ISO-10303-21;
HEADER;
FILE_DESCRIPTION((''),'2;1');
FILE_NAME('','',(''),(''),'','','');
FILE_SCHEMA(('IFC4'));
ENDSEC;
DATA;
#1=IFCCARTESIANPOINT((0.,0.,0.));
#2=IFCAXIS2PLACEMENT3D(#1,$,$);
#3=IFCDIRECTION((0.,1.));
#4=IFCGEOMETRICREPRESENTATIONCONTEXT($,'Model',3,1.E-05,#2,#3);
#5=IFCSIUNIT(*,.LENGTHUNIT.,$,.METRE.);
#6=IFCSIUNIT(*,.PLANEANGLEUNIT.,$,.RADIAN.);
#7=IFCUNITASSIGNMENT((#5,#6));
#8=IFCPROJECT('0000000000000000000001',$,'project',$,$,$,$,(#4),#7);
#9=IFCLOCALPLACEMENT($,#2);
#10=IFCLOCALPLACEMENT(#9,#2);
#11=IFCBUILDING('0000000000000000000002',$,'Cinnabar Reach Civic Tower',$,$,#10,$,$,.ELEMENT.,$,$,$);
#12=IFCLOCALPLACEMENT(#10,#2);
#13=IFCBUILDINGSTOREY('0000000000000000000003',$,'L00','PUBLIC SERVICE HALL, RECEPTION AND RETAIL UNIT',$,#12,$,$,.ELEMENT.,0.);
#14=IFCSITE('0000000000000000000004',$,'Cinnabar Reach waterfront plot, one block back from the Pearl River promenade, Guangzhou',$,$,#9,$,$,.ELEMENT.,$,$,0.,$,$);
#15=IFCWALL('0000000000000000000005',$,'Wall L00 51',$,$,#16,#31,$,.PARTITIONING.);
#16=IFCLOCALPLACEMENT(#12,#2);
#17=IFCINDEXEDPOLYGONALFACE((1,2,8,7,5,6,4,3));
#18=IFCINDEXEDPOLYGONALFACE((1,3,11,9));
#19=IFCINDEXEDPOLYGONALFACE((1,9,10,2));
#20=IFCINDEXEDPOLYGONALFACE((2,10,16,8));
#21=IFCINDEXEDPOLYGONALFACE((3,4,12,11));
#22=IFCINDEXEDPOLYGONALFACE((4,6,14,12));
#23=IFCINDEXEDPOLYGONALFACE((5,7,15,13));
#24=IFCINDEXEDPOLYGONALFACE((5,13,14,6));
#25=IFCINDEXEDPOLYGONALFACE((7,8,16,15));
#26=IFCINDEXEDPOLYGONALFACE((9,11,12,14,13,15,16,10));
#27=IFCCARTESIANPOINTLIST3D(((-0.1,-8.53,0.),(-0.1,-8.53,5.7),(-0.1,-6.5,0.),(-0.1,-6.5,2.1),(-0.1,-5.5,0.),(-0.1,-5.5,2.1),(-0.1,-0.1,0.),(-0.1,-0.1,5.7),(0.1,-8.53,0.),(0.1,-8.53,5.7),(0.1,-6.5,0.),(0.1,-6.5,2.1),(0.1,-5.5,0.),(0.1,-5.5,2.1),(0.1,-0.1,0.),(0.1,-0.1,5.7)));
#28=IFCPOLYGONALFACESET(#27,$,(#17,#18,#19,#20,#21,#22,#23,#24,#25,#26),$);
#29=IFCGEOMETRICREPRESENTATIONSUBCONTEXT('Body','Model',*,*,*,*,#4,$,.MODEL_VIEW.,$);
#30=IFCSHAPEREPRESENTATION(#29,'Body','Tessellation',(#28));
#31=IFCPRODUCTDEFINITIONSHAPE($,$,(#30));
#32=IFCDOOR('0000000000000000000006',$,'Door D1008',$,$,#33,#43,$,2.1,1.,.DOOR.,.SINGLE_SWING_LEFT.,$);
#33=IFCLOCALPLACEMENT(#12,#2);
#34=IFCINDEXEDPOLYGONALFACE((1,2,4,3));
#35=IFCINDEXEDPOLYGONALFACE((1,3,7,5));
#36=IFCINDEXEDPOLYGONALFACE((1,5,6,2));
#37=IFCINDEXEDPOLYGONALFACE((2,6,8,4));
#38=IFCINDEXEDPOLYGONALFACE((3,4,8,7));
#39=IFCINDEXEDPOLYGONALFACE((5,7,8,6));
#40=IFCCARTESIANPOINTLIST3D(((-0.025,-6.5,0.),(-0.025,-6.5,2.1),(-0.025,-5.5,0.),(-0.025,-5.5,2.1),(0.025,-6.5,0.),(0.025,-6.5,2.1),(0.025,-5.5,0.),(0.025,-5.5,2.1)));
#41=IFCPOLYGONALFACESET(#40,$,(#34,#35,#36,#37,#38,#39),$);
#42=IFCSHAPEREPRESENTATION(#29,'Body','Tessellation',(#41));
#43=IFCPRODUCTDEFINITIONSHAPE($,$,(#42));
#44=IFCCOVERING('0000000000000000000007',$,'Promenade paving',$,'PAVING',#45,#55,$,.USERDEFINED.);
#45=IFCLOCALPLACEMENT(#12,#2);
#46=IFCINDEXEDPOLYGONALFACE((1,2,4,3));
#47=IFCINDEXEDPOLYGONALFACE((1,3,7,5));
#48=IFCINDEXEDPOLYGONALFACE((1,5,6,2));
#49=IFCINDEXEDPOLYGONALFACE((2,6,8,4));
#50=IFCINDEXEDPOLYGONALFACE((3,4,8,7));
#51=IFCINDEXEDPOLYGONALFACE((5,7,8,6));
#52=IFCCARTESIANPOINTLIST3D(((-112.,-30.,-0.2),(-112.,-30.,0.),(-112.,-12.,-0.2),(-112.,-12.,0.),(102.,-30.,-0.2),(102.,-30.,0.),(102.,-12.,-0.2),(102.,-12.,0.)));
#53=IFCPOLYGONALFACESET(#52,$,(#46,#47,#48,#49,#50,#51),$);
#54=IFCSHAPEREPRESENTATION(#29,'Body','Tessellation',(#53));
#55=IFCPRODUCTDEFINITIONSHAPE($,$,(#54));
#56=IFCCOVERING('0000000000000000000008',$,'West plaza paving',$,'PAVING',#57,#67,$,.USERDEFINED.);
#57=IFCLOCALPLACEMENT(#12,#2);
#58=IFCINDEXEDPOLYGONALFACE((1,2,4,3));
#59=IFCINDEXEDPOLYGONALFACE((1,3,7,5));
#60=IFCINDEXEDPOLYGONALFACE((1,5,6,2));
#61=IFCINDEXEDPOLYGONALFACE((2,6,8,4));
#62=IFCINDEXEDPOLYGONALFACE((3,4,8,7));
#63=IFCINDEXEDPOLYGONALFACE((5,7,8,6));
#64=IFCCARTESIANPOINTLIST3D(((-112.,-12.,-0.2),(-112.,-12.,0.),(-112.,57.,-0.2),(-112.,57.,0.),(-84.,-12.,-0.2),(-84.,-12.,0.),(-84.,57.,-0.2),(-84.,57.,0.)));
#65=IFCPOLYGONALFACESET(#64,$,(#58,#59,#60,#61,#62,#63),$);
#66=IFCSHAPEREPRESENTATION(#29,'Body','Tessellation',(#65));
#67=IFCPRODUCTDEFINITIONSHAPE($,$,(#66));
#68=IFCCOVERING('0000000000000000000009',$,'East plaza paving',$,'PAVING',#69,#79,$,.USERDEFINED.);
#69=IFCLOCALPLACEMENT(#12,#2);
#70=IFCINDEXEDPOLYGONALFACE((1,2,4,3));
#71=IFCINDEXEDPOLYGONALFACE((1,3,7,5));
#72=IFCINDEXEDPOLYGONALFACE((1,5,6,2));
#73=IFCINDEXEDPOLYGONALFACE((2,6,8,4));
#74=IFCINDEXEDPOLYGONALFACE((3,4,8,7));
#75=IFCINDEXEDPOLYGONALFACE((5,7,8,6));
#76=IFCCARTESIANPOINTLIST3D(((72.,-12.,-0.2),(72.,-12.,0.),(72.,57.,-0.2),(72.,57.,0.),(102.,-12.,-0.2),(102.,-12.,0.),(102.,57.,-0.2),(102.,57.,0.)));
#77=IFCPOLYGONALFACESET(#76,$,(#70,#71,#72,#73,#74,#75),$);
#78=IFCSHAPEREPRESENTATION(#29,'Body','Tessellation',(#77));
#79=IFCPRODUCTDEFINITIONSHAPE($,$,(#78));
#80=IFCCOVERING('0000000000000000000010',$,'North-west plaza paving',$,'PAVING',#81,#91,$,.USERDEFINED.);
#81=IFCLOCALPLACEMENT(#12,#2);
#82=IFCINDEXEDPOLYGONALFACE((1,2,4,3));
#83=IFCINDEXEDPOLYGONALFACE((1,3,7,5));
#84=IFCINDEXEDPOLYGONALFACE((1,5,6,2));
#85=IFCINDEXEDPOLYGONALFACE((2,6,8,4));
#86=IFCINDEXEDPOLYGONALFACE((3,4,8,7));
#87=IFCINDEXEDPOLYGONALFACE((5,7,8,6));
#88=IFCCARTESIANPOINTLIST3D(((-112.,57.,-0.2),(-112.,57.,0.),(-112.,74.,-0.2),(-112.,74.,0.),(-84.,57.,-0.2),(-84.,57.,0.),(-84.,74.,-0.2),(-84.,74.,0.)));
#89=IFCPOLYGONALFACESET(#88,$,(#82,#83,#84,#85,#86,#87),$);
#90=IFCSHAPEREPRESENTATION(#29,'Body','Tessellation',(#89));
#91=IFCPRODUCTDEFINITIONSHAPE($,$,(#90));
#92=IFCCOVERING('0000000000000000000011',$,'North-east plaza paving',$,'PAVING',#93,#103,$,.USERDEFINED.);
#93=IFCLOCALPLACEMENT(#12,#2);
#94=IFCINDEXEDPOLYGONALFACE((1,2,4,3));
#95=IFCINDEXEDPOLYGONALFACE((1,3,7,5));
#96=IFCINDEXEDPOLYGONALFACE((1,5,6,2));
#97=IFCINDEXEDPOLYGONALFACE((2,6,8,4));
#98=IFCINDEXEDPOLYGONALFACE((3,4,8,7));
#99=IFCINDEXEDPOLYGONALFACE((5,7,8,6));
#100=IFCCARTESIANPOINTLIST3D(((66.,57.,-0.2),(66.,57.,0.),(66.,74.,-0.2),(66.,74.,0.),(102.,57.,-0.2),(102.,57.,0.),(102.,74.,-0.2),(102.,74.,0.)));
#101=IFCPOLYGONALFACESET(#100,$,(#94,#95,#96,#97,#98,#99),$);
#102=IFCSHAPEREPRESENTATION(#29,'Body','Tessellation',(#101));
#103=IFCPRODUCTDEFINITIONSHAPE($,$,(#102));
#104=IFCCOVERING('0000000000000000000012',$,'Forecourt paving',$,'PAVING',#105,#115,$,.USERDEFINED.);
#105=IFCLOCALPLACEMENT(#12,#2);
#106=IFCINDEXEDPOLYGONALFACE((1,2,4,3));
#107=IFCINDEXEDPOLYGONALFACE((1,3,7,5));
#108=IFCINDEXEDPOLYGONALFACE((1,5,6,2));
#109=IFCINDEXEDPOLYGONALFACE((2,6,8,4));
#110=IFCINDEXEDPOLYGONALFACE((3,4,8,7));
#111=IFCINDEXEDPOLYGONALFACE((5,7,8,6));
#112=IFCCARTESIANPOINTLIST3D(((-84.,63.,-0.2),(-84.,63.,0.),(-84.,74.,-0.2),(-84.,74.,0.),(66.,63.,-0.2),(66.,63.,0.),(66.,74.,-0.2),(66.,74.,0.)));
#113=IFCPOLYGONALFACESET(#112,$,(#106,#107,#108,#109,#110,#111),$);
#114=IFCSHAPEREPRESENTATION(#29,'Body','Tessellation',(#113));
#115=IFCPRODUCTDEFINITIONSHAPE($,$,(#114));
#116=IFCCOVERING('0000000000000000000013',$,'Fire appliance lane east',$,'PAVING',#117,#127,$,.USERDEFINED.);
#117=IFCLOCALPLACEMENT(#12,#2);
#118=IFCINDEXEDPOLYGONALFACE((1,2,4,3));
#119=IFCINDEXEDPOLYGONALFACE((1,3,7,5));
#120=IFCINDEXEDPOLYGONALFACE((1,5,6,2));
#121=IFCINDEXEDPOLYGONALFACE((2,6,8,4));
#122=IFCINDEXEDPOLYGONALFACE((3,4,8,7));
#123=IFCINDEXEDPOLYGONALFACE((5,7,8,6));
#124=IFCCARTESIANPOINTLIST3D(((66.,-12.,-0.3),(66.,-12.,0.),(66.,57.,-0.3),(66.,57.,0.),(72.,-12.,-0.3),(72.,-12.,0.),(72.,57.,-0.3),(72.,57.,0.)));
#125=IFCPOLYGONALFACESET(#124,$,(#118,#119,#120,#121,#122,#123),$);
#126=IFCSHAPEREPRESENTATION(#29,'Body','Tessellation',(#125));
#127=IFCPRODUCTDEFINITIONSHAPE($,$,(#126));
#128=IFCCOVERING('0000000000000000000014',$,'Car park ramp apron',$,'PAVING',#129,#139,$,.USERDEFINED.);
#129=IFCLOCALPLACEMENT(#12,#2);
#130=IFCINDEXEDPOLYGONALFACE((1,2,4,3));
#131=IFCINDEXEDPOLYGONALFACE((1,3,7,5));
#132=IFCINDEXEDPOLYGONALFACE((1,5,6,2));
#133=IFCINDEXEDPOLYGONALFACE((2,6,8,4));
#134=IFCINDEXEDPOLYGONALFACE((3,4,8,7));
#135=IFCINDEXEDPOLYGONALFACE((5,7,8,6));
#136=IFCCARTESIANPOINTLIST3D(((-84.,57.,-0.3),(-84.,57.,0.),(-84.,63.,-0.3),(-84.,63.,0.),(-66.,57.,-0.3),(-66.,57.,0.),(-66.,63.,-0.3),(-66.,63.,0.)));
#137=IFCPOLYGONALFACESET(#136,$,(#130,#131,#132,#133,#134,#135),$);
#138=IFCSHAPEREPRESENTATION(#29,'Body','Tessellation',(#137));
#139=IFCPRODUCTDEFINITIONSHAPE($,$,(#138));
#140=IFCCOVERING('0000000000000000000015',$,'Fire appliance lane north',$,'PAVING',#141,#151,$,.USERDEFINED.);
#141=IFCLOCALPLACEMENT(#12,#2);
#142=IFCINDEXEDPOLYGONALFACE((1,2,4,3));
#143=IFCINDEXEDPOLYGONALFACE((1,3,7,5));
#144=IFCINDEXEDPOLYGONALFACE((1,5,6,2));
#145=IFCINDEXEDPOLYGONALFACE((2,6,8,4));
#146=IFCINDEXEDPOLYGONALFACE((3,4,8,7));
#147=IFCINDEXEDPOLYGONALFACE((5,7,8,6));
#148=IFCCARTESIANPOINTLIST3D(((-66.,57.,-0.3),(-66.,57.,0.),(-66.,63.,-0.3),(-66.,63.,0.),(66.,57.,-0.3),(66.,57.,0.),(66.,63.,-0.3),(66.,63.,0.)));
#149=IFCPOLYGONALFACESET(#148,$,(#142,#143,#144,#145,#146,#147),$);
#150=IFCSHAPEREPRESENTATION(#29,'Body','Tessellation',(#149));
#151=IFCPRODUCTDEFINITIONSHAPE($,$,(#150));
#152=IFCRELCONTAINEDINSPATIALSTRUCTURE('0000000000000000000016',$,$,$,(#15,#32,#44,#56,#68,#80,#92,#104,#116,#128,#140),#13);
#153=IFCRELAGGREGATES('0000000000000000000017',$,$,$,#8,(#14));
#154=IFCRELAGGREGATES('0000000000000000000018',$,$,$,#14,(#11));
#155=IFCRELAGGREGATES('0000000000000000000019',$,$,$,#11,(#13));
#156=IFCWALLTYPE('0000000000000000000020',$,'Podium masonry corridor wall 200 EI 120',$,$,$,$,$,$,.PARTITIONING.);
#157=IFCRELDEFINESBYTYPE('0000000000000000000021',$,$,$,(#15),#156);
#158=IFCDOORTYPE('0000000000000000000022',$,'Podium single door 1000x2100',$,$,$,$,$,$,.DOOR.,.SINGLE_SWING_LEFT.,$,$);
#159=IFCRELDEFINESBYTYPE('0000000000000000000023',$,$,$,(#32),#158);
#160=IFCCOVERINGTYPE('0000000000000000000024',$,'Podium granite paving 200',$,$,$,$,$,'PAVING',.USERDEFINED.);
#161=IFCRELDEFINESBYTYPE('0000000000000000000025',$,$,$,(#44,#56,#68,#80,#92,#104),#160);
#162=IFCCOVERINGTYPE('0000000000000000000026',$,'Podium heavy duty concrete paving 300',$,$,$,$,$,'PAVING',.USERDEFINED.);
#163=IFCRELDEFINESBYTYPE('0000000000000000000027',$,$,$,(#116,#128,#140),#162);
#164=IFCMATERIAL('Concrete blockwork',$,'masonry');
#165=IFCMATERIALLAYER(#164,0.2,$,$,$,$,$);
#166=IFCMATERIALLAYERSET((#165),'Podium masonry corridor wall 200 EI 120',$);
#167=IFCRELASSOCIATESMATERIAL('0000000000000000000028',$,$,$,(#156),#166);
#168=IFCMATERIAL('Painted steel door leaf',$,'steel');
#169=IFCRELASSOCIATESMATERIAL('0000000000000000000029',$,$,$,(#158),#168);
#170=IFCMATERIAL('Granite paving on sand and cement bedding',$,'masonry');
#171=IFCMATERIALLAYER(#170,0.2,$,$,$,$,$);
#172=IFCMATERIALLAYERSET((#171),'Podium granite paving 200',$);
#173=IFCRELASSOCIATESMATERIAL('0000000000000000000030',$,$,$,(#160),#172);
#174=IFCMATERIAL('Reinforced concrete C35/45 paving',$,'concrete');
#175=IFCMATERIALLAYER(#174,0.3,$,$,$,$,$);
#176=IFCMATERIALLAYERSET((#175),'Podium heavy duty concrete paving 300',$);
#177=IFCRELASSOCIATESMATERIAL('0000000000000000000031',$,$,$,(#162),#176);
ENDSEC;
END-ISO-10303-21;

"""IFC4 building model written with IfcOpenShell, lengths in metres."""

from ifc_helpers import new_model, si_unit, direction, frame, frame_2d, origin, place, context, subcontext, project, spatial, polyline, rectangle, outline, extrude, material, layer, layer_set, type_object, element, fill, save


model = new_model("IFC4")

# Units and contexts
model_context = context("Model", 3, precision=1e-05, world=origin(), true_north=direction((0.0, 1.0)))
body_context = subcontext(model_context, "Body", "Model", "MODEL_VIEW")
ifc_project = project(units=[si_unit("LENGTHUNIT", "METRE"), si_unit("PLANEANGLEUNIT", "RADIAN")], contexts=[model_context])

# Site, building, storey
site_placement = place(None, origin())
site = spatial("IfcSite", under=ifc_project, at=site_placement, Name="Cinnabar Reach waterfront plot, one block back from the Pearl River promenade, Guangzhou", CompositionType="ELEMENT", RefElevation=0.0)
building_placement = place(site_placement, origin())
building = spatial("IfcBuilding", under=site, at=building_placement, Name="Cinnabar Reach Civic Tower", CompositionType="ELEMENT")
storey_placement = place(building_placement, origin())
storey = spatial("IfcBuildingStorey", under=building, at=storey_placement, Name="L00", Description="PUBLIC SERVICE HALL, RECEPTION AND RETAIL UNIT", CompositionType="ELEMENT", Elevation=0.0)

# Shared definitions
ifc_material_1 = material(Name="Concrete blockwork", Category="masonry")
ifc_layer_1 = layer(ifc_material_1, 0.2)
ifc_layer_set_1 = layer_set([ifc_layer_1], Name="Podium masonry corridor wall 200 EI 120")
wall_type = type_object("IfcWallType", Name="Podium masonry corridor wall 200 EI 120", PredefinedType="PARTITIONING", material=ifc_layer_set_1)

# Wall, opening, door
wall_1_placement = place(storey_placement, frame((0.0, -8.53, 0.0), z_axis=(0.0, 0.0, 1.0), x_axis=(0.0, 1.0, 0.0)))
wall_1 = element("IfcWall", 1, at=wall_1_placement, inside=storey, type_object=wall_type, Name="Wall L00 51", PredefinedType="PARTITIONING", context=body_context, shape_type="SweptSolid", body=[
    extrude(rectangle(XDim=8.43, YDim=0.2, at=frame_2d((4.215, 0.0))), origin(), (0.0, 0.0, 1.0), 5.7),
])
opening_placement = place(wall_1_placement, frame((2.03, 0.0, 0.0)))
opening = element("IfcOpeningElement", 2, at=opening_placement, cuts=wall_1, PredefinedType="OPENING", context=body_context, shape_type="SweptSolid", body=[
    extrude(rectangle(XDim=1.0, YDim=2.1, at=frame_2d((0.5, 1.05))), frame((0.0, 0.11, 0.0), z_axis=(0.0, -1.0, 0.0), x_axis=(1.0, 0.0, 0.0)), (0.0, 0.0, 1.0), 0.22),
])
ifc_material_2 = material(Name="Painted steel door leaf", Category="steel")
door_type = type_object("IfcDoorType", Name="Podium single door 1000x2100", OperationType="SINGLE_SWING_LEFT", PredefinedType="DOOR", material=ifc_material_2)
door_placement = place(opening_placement, frame((1.0, 0.0, 0.0), z_axis=(0.0, 0.0, 1.0), x_axis=(-1.0, 0.0, 0.0)))
door = element("IfcDoor", 3, at=door_placement, inside=storey, type_object=door_type, Name="Door D1008", OperationType="SINGLE_SWING_LEFT", OverallHeight=2.1, OverallWidth=1.0, PredefinedType="DOOR", context=body_context, shape_type="SweptSolid", body=[
    extrude(rectangle(XDim=1.0, YDim=2.1, at=frame_2d((0.5, 1.05))), frame((0.0, 0.025, 0.0), z_axis=(0.0, -1.0, 0.0), x_axis=(1.0, 0.0, 0.0)), (0.0, 0.0, 1.0), 0.05),
])
fill(opening, door)

# Coverings
ifc_material_3 = material(Name="Granite paving on sand and cement bedding", Category="masonry")
ifc_layer_2 = layer(ifc_material_3, 0.2)
ifc_layer_set_2 = layer_set([ifc_layer_2], Name="Podium granite paving 200")
covering_type_1 = type_object("IfcCoveringType", Name="Podium granite paving 200", ElementType="PAVING", PredefinedType="USERDEFINED", material=ifc_layer_set_2)
covering_1_placement = place(storey_placement, frame((0.0, 0.0, -0.2)))
element("IfcCovering", 4, at=covering_1_placement, inside=storey, type_object=covering_type_1, Name="Promenade paving", ObjectType="PAVING", PredefinedType="USERDEFINED", context=body_context, shape_type="SweptSolid", body=[
    extrude(outline(polyline([(102.0, -30.0), (102.0, -12.0), (-112.0, -12.0), (-112.0, -30.0), (102.0, -30.0)])), origin(), (0.0, 0.0, 1.0), 0.2),
])
covering_2_placement = place(storey_placement, frame((0.0, 0.0, -0.2)))
element("IfcCovering", 5, at=covering_2_placement, inside=storey, type_object=covering_type_1, Name="West plaza paving", ObjectType="PAVING", PredefinedType="USERDEFINED", context=body_context, shape_type="SweptSolid", body=[
    extrude(outline(polyline([(-84.0, -12.0), (-84.0, 57.0), (-112.0, 57.0), (-112.0, -12.0), (-84.0, -12.0)])), origin(), (0.0, 0.0, 1.0), 0.2),
])
covering_3_placement = place(storey_placement, frame((0.0, 0.0, -0.2)))
element("IfcCovering", 6, at=covering_3_placement, inside=storey, type_object=covering_type_1, Name="East plaza paving", ObjectType="PAVING", PredefinedType="USERDEFINED", context=body_context, shape_type="SweptSolid", body=[
    extrude(outline(polyline([(102.0, -12.0), (102.0, 57.0), (72.0, 57.0), (72.0, -12.0), (102.0, -12.0)])), origin(), (0.0, 0.0, 1.0), 0.2),
])
covering_4_placement = place(storey_placement, frame((0.0, 0.0, -0.2)))
element("IfcCovering", 7, at=covering_4_placement, inside=storey, type_object=covering_type_1, Name="North-west plaza paving", ObjectType="PAVING", PredefinedType="USERDEFINED", context=body_context, shape_type="SweptSolid", body=[
    extrude(outline(polyline([(-84.0, 57.0), (-84.0, 74.0), (-112.0, 74.0), (-112.0, 57.0), (-84.0, 57.0)])), origin(), (0.0, 0.0, 1.0), 0.2),
])
covering_5_placement = place(storey_placement, frame((0.0, 0.0, -0.2)))
element("IfcCovering", 8, at=covering_5_placement, inside=storey, type_object=covering_type_1, Name="North-east plaza paving", ObjectType="PAVING", PredefinedType="USERDEFINED", context=body_context, shape_type="SweptSolid", body=[
    extrude(outline(polyline([(102.0, 57.0), (102.0, 74.0), (66.0, 74.0), (66.0, 57.0), (102.0, 57.0)])), origin(), (0.0, 0.0, 1.0), 0.2),
])
covering_6_placement = place(storey_placement, frame((0.0, 0.0, -0.2)))
element("IfcCovering", 9, at=covering_6_placement, inside=storey, type_object=covering_type_1, Name="Forecourt paving", ObjectType="PAVING", PredefinedType="USERDEFINED", context=body_context, shape_type="SweptSolid", body=[
    extrude(outline(polyline([(66.0, 63.0), (66.0, 74.0), (-84.0, 74.0), (-84.0, 63.0), (66.0, 63.0)])), origin(), (0.0, 0.0, 1.0), 0.2),
])
ifc_material_4 = material(Name="Reinforced concrete C35/45 paving", Category="concrete")
ifc_layer_3 = layer(ifc_material_4, 0.3)
ifc_layer_set_3 = layer_set([ifc_layer_3], Name="Podium heavy duty concrete paving 300")
covering_type_2 = type_object("IfcCoveringType", Name="Podium heavy duty concrete paving 300", ElementType="PAVING", PredefinedType="USERDEFINED", material=ifc_layer_set_3)
covering_7_placement = place(storey_placement, frame((0.0, 0.0, -0.3)))
element("IfcCovering", 10, at=covering_7_placement, inside=storey, type_object=covering_type_2, Name="Fire appliance lane east", ObjectType="PAVING", PredefinedType="USERDEFINED", context=body_context, shape_type="SweptSolid", body=[
    extrude(outline(polyline([(72.0, -12.0), (72.0, 57.0), (66.0, 57.0), (66.0, -12.0), (72.0, -12.0)])), origin(), (0.0, 0.0, 1.0), 0.3),
])
covering_8_placement = place(storey_placement, frame((0.0, 0.0, -0.3)))
element("IfcCovering", 11, at=covering_8_placement, inside=storey, type_object=covering_type_2, Name="Car park ramp apron", ObjectType="PAVING", PredefinedType="USERDEFINED", context=body_context, shape_type="SweptSolid", body=[
    extrude(outline(polyline([(-66.0, 57.0), (-66.0, 63.0), (-84.0, 63.0), (-84.0, 57.0), (-66.0, 57.0)])), origin(), (0.0, 0.0, 1.0), 0.3),
])
covering_9_placement = place(storey_placement, frame((0.0, 0.0, -0.3)))
element("IfcCovering", 12, at=covering_9_placement, inside=storey, type_object=covering_type_2, Name="Fire appliance lane north", ObjectType="PAVING", PredefinedType="USERDEFINED", context=body_context, shape_type="SweptSolid", body=[
    extrude(outline(polyline([(66.0, 57.0), (66.0, 63.0), (-66.0, 63.0), (-66.0, 57.0), (66.0, 57.0)])), origin(), (0.0, 0.0, 1.0), 0.3),
])

save(model, "model.ifc")
